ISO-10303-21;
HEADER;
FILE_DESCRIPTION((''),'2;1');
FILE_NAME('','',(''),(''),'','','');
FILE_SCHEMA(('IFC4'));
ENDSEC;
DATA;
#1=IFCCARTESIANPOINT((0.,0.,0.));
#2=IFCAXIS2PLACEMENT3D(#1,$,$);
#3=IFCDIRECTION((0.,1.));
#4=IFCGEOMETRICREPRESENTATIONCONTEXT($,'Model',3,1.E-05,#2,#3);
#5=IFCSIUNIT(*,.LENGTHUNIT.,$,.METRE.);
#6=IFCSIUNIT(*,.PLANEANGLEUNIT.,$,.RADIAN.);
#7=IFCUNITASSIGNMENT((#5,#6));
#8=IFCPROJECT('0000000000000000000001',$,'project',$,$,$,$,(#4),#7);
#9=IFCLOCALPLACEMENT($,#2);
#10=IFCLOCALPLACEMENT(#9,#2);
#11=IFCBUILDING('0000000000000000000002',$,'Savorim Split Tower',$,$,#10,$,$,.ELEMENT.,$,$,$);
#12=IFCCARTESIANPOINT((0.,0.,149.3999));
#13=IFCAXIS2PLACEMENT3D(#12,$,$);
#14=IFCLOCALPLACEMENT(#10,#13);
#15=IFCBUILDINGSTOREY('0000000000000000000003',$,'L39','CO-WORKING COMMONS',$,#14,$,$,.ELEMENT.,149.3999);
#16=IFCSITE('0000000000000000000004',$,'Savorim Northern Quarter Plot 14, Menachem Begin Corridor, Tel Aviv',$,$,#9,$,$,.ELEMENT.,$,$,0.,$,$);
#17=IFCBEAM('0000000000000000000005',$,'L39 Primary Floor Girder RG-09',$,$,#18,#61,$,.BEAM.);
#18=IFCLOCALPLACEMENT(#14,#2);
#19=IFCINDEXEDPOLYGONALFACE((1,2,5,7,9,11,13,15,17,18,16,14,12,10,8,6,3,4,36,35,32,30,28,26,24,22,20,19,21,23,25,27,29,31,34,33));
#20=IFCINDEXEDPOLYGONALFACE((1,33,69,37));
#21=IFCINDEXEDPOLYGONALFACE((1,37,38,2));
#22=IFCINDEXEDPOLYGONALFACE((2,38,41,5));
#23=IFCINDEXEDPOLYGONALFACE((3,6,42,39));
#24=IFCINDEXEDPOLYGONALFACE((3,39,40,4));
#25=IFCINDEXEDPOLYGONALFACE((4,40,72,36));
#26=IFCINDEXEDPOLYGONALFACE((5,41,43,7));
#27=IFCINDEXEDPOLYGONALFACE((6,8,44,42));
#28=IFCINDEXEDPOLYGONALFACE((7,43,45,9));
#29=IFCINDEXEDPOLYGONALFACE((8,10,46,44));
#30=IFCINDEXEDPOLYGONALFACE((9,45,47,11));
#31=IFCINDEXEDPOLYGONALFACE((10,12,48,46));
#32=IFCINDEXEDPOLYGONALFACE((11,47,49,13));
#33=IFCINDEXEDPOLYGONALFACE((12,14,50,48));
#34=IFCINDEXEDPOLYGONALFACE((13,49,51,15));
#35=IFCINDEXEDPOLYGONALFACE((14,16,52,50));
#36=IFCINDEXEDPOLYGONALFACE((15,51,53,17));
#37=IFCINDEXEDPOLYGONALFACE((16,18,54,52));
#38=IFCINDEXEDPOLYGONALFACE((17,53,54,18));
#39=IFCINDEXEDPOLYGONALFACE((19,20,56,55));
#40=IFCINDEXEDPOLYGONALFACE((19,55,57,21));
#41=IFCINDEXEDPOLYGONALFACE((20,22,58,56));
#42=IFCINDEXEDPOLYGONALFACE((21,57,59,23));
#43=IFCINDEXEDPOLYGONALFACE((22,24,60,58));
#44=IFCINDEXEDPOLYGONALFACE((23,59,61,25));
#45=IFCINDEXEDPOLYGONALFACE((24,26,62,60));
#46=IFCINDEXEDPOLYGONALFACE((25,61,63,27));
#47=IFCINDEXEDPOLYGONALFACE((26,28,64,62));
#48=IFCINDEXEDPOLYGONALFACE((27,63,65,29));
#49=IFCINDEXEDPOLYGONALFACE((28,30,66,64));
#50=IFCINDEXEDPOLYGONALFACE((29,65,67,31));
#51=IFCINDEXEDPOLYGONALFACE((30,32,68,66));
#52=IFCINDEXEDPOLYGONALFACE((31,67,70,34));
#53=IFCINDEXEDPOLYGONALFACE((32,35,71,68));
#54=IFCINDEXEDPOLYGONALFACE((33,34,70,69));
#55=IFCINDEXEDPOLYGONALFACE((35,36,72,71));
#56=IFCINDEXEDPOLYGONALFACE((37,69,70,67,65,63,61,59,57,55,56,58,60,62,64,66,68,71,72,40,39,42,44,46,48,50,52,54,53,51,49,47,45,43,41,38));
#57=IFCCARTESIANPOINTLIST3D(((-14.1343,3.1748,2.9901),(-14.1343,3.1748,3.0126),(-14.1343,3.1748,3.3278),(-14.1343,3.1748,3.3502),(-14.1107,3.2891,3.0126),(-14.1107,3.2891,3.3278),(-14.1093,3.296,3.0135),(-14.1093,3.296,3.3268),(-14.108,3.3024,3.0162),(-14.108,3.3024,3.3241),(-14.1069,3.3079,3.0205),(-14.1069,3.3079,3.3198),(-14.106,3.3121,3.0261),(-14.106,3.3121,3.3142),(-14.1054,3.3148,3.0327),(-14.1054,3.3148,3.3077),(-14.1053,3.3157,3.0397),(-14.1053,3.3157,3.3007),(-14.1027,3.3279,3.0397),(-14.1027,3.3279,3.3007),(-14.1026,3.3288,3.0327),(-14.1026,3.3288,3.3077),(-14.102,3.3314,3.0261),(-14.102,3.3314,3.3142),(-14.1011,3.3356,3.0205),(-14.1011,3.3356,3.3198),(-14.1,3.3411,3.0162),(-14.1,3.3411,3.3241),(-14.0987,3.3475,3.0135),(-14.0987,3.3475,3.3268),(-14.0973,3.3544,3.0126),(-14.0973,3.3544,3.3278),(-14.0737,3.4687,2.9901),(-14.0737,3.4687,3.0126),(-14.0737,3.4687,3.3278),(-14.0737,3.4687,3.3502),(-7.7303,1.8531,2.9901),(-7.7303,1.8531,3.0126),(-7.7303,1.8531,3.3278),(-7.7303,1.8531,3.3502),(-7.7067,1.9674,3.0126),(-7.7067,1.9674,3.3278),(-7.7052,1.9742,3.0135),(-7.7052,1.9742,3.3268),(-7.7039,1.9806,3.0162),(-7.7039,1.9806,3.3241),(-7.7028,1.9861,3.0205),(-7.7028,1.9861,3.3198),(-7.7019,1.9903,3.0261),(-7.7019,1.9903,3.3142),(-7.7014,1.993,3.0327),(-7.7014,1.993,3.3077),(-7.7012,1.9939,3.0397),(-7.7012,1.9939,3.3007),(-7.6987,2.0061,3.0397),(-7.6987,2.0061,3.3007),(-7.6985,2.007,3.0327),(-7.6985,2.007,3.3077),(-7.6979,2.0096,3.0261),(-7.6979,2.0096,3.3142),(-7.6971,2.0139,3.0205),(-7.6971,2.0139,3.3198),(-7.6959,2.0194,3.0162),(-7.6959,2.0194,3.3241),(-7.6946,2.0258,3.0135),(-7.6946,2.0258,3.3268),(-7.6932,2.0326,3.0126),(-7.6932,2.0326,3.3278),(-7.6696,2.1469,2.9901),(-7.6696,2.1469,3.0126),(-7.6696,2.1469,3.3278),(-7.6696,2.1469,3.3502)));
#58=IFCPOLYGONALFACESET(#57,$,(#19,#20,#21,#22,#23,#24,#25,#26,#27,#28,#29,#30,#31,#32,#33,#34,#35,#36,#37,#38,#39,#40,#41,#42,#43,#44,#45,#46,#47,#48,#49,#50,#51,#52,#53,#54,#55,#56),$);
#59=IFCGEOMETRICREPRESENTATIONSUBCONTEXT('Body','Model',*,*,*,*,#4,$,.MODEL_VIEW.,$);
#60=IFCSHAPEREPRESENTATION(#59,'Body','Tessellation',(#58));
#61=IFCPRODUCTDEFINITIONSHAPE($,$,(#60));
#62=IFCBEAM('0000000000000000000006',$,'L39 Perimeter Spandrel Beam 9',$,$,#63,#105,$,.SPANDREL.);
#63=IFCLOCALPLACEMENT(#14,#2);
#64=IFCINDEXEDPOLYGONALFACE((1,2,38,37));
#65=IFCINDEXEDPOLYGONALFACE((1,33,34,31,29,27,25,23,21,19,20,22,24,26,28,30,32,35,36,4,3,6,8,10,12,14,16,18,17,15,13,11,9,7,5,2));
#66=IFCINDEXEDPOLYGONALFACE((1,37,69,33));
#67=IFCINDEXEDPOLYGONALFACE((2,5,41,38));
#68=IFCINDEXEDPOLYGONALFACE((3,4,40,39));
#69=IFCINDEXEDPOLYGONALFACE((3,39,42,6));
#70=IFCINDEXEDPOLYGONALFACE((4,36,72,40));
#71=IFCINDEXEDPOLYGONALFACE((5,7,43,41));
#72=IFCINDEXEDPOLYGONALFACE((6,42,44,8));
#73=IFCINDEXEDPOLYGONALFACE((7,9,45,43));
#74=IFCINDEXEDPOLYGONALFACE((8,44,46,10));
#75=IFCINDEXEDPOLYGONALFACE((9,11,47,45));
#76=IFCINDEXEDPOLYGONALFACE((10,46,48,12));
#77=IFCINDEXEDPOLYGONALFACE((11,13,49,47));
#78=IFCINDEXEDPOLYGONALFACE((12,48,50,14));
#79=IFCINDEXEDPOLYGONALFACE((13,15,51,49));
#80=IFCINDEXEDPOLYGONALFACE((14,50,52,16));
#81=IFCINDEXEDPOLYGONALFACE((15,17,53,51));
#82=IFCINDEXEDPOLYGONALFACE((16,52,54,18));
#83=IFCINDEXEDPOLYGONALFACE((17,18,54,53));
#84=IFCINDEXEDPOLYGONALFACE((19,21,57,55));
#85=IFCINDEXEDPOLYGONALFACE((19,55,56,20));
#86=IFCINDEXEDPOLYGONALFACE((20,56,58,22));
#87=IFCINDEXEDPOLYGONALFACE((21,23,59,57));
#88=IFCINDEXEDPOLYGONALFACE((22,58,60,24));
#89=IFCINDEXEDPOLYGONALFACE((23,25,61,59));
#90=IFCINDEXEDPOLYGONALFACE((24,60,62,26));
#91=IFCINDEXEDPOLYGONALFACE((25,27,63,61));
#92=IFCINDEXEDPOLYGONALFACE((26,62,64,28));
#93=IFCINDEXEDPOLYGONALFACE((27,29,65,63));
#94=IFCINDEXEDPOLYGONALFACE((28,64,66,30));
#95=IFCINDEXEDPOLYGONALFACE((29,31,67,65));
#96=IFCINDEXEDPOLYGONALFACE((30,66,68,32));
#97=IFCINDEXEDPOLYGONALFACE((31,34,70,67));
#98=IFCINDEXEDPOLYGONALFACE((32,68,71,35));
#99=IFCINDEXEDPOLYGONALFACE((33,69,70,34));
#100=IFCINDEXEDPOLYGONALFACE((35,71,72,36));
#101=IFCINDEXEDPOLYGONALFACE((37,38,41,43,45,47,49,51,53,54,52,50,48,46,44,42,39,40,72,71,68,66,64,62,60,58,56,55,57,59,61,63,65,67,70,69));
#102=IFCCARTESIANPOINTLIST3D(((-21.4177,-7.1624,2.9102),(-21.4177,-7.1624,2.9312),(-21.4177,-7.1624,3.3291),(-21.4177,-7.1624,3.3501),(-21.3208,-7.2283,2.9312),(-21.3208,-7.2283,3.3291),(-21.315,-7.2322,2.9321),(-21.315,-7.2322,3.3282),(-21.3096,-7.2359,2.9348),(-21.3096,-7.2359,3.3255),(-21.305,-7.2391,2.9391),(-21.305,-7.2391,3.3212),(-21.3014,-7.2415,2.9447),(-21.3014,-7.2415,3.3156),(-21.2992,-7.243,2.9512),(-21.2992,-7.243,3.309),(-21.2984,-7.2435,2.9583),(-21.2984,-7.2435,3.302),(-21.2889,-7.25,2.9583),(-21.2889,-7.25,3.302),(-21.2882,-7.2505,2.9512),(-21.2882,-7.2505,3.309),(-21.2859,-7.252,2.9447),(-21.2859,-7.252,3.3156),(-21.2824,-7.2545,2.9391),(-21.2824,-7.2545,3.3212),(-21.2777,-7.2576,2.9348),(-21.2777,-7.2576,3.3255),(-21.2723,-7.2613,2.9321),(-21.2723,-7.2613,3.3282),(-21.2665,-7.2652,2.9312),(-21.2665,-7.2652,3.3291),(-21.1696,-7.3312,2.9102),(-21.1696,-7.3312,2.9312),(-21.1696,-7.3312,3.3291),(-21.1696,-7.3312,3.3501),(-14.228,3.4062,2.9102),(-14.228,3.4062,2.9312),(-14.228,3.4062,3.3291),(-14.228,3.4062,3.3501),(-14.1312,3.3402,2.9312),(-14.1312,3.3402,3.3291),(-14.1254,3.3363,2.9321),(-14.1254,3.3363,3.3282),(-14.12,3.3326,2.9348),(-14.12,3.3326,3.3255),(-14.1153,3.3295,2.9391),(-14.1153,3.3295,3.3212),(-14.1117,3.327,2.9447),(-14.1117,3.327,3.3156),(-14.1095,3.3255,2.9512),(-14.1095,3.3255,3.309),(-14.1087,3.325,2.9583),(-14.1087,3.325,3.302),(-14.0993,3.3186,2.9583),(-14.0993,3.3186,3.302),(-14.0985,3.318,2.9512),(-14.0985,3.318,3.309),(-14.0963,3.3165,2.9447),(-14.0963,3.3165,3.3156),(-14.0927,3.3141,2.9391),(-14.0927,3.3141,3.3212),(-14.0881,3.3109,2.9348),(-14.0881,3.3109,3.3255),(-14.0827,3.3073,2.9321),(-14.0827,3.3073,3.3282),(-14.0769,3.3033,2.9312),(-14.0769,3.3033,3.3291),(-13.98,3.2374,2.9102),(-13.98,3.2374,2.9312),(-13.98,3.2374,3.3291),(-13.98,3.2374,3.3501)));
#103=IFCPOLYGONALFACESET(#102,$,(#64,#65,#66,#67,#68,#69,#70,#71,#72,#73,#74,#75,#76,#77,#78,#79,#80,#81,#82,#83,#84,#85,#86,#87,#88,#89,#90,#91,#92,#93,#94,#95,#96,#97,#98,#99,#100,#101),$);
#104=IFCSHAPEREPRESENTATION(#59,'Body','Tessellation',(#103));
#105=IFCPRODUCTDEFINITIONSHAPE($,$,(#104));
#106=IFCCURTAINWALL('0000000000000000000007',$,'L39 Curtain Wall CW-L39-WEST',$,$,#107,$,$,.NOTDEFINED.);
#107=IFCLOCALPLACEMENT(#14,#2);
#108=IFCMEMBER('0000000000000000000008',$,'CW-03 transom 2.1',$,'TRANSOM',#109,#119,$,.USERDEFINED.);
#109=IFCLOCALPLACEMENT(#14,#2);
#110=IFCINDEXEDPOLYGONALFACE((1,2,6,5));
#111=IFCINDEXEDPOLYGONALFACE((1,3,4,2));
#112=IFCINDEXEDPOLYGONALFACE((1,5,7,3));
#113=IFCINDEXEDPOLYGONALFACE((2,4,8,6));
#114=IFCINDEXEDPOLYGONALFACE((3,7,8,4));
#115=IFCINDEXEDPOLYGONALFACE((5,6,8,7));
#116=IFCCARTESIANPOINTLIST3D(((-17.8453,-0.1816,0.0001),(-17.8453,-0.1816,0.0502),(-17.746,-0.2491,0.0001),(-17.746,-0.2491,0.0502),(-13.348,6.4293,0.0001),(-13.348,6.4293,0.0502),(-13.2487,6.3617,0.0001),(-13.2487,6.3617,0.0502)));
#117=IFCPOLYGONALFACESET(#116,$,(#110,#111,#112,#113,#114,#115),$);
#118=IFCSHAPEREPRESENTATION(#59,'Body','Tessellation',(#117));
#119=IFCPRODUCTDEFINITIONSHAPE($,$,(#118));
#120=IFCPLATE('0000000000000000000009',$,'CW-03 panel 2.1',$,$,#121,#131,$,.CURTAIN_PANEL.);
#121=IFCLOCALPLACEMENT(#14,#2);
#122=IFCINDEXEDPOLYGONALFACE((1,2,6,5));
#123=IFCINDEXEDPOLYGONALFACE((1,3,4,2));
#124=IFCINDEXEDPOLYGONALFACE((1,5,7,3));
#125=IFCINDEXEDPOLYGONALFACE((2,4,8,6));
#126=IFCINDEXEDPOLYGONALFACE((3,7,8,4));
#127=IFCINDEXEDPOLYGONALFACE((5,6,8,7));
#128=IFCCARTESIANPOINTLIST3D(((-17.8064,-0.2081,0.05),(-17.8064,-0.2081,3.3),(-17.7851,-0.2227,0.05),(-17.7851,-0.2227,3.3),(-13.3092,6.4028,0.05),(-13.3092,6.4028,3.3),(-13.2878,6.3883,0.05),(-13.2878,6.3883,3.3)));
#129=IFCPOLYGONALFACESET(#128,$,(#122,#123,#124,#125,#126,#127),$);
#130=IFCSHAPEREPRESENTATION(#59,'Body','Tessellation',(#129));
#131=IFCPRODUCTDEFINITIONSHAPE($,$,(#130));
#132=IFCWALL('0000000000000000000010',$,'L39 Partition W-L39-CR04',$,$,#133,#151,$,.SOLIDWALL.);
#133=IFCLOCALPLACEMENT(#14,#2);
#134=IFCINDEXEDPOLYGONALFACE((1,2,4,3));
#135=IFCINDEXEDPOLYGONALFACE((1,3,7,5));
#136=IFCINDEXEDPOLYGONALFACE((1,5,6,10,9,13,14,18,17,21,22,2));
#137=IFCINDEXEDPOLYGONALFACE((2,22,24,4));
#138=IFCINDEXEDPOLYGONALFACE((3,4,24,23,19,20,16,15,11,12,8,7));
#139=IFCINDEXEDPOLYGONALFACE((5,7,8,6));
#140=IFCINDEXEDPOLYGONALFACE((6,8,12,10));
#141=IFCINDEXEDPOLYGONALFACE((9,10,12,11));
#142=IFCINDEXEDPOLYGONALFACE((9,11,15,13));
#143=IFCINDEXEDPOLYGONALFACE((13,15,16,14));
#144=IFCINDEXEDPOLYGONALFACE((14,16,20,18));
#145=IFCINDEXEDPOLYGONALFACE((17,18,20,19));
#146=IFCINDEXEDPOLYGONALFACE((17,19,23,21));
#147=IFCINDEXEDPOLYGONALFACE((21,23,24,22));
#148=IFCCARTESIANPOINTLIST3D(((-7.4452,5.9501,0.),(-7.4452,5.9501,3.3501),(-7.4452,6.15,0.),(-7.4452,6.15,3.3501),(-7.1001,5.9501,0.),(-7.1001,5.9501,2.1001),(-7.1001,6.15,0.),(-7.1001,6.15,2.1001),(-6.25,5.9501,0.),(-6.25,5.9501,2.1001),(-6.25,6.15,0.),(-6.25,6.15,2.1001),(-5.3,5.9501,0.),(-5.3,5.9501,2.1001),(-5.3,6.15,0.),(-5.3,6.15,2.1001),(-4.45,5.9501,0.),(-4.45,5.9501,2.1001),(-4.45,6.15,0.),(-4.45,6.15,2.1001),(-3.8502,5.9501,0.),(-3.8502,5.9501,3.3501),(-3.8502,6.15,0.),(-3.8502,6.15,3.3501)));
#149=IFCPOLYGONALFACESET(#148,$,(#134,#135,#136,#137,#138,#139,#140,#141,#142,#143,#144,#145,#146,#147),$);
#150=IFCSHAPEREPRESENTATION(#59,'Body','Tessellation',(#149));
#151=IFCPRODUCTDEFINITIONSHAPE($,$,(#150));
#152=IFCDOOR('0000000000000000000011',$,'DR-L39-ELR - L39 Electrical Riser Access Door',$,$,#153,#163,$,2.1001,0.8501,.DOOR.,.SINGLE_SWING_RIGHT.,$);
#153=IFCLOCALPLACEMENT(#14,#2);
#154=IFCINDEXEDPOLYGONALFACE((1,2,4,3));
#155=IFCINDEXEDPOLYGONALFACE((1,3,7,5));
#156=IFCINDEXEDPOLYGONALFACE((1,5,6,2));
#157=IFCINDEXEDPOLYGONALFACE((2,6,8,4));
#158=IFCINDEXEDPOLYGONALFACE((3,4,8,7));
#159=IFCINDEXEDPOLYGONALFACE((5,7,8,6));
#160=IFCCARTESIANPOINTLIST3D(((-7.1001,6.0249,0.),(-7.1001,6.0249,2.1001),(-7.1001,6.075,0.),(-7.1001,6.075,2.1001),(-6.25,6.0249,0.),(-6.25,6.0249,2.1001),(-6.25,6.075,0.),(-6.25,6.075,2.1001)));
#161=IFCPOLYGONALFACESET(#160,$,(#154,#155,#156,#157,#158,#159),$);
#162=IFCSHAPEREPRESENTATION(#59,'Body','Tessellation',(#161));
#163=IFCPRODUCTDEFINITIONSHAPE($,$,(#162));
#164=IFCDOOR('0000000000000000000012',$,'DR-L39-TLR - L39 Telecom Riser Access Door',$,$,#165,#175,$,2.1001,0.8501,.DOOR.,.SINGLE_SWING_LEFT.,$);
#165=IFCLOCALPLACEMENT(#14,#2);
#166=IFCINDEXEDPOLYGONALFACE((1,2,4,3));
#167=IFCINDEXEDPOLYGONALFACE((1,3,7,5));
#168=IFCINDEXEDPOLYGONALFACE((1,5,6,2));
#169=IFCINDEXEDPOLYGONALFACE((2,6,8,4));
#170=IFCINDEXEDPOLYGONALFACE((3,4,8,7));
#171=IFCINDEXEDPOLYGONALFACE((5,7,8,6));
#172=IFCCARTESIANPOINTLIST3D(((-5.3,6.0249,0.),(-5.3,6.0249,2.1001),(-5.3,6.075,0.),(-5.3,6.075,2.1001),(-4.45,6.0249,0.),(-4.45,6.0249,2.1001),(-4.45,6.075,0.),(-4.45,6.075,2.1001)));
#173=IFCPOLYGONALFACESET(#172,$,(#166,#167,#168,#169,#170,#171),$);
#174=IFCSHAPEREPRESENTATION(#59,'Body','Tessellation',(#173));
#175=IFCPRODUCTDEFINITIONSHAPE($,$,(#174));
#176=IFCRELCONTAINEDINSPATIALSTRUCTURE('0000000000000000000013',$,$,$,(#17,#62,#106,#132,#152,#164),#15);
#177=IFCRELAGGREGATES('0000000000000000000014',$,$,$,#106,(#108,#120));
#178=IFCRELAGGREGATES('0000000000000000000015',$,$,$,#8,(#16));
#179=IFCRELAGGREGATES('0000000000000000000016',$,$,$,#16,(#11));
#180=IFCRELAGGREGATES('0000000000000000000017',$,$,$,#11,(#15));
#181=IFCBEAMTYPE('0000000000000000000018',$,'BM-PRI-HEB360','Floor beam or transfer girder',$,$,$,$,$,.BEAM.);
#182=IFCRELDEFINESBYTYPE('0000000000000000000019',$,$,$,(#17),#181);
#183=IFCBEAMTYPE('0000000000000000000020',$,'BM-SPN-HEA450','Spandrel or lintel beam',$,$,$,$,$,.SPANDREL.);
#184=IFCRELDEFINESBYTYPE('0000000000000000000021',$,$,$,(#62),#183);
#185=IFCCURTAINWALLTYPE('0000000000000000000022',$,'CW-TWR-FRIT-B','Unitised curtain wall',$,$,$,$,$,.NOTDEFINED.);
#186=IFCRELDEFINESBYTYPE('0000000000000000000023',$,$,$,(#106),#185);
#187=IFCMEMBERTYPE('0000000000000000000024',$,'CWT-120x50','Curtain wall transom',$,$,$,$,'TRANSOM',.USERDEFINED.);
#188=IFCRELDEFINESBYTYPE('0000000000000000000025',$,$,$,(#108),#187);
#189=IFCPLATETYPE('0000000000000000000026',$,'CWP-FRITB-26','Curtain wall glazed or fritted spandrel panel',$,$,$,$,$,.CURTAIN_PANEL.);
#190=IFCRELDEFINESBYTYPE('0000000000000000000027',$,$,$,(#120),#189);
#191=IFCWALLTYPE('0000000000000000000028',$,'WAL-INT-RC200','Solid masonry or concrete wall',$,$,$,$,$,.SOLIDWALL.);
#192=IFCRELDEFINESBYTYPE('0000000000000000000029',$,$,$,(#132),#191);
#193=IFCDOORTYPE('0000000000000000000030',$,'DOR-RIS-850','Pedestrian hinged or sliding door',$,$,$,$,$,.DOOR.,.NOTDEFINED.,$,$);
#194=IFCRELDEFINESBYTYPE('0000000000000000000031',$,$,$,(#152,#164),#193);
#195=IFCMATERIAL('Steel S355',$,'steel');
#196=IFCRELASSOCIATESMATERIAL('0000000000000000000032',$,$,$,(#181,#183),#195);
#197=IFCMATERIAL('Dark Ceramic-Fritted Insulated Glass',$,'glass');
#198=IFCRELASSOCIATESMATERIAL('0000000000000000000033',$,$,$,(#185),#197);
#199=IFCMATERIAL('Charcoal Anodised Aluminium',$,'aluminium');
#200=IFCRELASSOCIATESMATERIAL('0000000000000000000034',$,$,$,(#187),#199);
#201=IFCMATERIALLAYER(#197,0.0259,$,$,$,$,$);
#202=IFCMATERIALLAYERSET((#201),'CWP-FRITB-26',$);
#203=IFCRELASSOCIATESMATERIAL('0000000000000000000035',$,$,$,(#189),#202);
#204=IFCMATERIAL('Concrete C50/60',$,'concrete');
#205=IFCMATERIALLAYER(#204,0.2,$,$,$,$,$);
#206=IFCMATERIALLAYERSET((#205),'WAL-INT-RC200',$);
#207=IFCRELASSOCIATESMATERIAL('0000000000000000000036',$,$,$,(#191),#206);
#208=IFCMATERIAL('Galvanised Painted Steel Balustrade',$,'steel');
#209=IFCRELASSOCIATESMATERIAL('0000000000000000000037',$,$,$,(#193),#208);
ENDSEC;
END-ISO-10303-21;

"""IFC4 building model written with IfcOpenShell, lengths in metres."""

from ifc_helpers import new_model, si_unit, direction, frame, frame_2d, origin, origin_2d, place, context, subcontext, project, spatial, rectangle, i_section, extrude, material, layer, layer_set, material_profile, profile_set, type_object, element, fill, aggregate, save


model = new_model("IFC4")

# Units and contexts
model_context = context("Model", 3, precision=1e-05, world=origin(), true_north=direction((0.0, 1.0)))
body_context = subcontext(model_context, "Body", "Model", "MODEL_VIEW")
ifc_project = project(units=[si_unit("LENGTHUNIT", "METRE"), si_unit("PLANEANGLEUNIT", "RADIAN")], contexts=[model_context])

# Site, building, storey
site_placement = place(None, origin())
site = spatial("IfcSite", under=ifc_project, at=site_placement, Name="Savorim Northern Quarter Plot 14, Menachem Begin Corridor, Tel Aviv", CompositionType="ELEMENT", RefElevation=0.0)
building_placement = place(site_placement, origin())
building = spatial("IfcBuilding", under=site, at=building_placement, Name="Savorim Split Tower", CompositionType="ELEMENT")
storey_placement = place(building_placement, frame((0.0, 0.0, 149.3999)))
storey = spatial("IfcBuildingStorey", under=building, at=storey_placement, Name="L39", Description="CO-WORKING COMMONS", CompositionType="ELEMENT", Elevation=149.3999)

# Beams
ifc_material_1 = material(Name="Steel S355", Category="steel")
ifc_material_profile_1 = material_profile(ifc_material_1, i_section(OverallWidth=0.3, OverallDepth=0.3601, WebThickness=0.0125, FlangeThickness=0.0225, FilletRadius=0.0271, at=origin_2d()), Name="HEB 360")
ifc_profile_set_1 = profile_set([ifc_material_profile_1], Name="Steel S355")
beam_type_1 = type_object("IfcBeamType", Name="BM-PRI-HEB360", Description="Floor beam or transfer girder", PredefinedType="BEAM", material=ifc_profile_set_1)
beam_1_placement = place(storey_placement, frame((-14.104, 3.3218, 3.1702), z_axis=(0.979357, -0.202136, 0.0), x_axis=(0.202136, 0.979357, 0.0)))
element("IfcBeam", 1, at=beam_1_placement, inside=storey, type_object=beam_type_1, Name="L39 Primary Floor Girder RG-09", PredefinedType="BEAM", context=body_context, shape_type="SweptSolid", body=[
    extrude(i_section(OverallWidth=0.3, OverallDepth=0.3601, WebThickness=0.0125, FlangeThickness=0.0225, FilletRadius=0.0271, at=origin_2d()), origin(), (0.0, 0.0, 1.0), 6.5391),
])
ifc_material_profile_2 = material_profile(ifc_material_1, i_section(OverallWidth=0.3, OverallDepth=0.4399, WebThickness=0.0115, FlangeThickness=0.021, FilletRadius=0.0271, at=origin_2d()), Name="HEA 450")
ifc_profile_set_2 = profile_set([ifc_material_profile_2], Name="Steel S355")
beam_type_2 = type_object("IfcBeamType", Name="BM-SPN-HEA450", Description="Spandrel or lintel beam", PredefinedType="SPANDREL", material=ifc_profile_set_2)
beam_2_placement = place(storey_placement, frame((-14.104, 3.3218, 3.1301), z_axis=(-0.562473, -0.826816, 0.0), x_axis=(0.826816, -0.562473, 0.0)))
element("IfcBeam", 2, at=beam_2_placement, inside=storey, type_object=beam_type_2, Name="L39 Perimeter Spandrel Beam 9", PredefinedType="SPANDREL", context=body_context, shape_type="SweptSolid", body=[
    extrude(i_section(OverallWidth=0.3, OverallDepth=0.4399, WebThickness=0.0115, FlangeThickness=0.021, FilletRadius=0.0271, at=origin_2d()), origin(), (0.0, 0.0, 1.0), 12.7822),
])

# Curtain wall, member, plate
ifc_material_2 = material(Name="Dark Ceramic-Fritted Insulated Glass", Category="glass")
curtain_wall_type = type_object("IfcCurtainWallType", Name="CW-TWR-FRIT-B", Description="Unitised curtain wall", PredefinedType="NOTDEFINED", material=ifc_material_2)
curtain_wall_placement = place(storey_placement, origin())
curtain_wall = element("IfcCurtainWall", 3, at=curtain_wall_placement, inside=storey, type_object=curtain_wall_type, Name="L39 Curtain Wall CW-L39-WEST", PredefinedType="NOTDEFINED")
ifc_material_3 = material(Name="Charcoal Anodised Aluminium", Category="aluminium")
ifc_material_profile_3 = material_profile(ifc_material_3, rectangle(XDim=0.1201, YDim=0.05, at=origin_2d()), Name="ALU-T 120x50")
ifc_profile_set_3 = profile_set([ifc_material_profile_3], Name="Charcoal Anodised Aluminium")
member_type = type_object("IfcMemberType", Name="CWT-120x50", Description="Curtain wall transom", ElementType="TRANSOM", PredefinedType="USERDEFINED", material=ifc_profile_set_3)
member_placement = place(storey_placement, frame((-13.2983, 6.3955, 0.0251), z_axis=(-0.562476, -0.826813, 0.0), x_axis=(0.826813, -0.562476, 0.0)))
member = element("IfcMember", 4, at=member_placement, type_object=member_type, Name="CW-03 transom 2.1", ObjectType="TRANSOM", PredefinedType="USERDEFINED", context=body_context, shape_type="SweptSolid", body=[
    extrude(rectangle(XDim=0.1201, YDim=0.05, at=origin_2d()), origin(), (0.0, 0.0, 1.0), 7.9956),
])
ifc_layer_1 = layer(ifc_material_2, 0.0259)
ifc_layer_set_1 = layer_set([ifc_layer_1], Name="CWP-FRITB-26")
plate_type = type_object("IfcPlateType", Name="CWP-FRITB-26", Description="Curtain wall glazed or fritted spandrel panel", PredefinedType="CURTAIN_PANEL", material=ifc_layer_set_1)
plate_placement = place(storey_placement, frame((-15.5471, 3.0901, 0.05), z_axis=(0.0, 0.0, 1.0), x_axis=(-0.562466, -0.82682, 0.0)))
plate = element("IfcPlate", 5, at=plate_placement, type_object=plate_type, Name="CW-03 panel 2.1", PredefinedType="CURTAIN_PANEL", context=body_context, shape_type="SweptSolid", body=[
    extrude(rectangle(XDim=7.9956, YDim=0.0259, at=origin_2d()), origin(), (0.0, 0.0, 1.0), 3.25),
])
aggregate(curtain_wall, [member, plate])

# Wall, openings, doors
ifc_material_4 = material(Name="Concrete C50/60", Category="concrete")
ifc_layer_2 = layer(ifc_material_4, 0.2)
ifc_layer_set_2 = layer_set([ifc_layer_2], Name="WAL-INT-RC200")
wall_type_1 = type_object("IfcWallType", Name="WAL-INT-RC200", Description="Solid masonry or concrete wall", PredefinedType="SOLIDWALL", material=ifc_layer_set_2)
wall_1_placement = place(storey_placement, frame((-7.4451, 6.05, 0.0), z_axis=(0.0, 0.0, 1.0), x_axis=(1.0, 0.0, 0.0)))
wall_1 = element("IfcWall", 6, at=wall_1_placement, inside=storey, type_object=wall_type_1, Name="L39 Partition W-L39-CR04", PredefinedType="SOLIDWALL", context=body_context, shape_type="SweptSolid", body=[
    extrude(rectangle(XDim=3.595, YDim=0.2, at=frame_2d((1.7974, 0.0))), origin(), (0.0, 0.0, 1.0), 3.3501),
])
opening_1_placement = place(wall_1_placement, frame((0.345, 0.0, 0.0)))
opening_1 = element("IfcOpeningElement", 7, at=opening_1_placement, cuts=wall_1, PredefinedType="OPENING", context=body_context, shape_type="SweptSolid", body=[
    extrude(rectangle(XDim=0.8501, YDim=2.1001, at=frame_2d((0.425, 1.05))), frame((0.0, 0.1099, 0.0), z_axis=(0.0, -1.0, 0.0), x_axis=(1.0, 0.0, 0.0)), (0.0, 0.0, 1.0), 0.22),
])
opening_2_placement = place(wall_1_placement, frame((2.145, 0.0, 0.0)))
opening_2 = element("IfcOpeningElement", 8, at=opening_2_placement, cuts=wall_1, PredefinedType="OPENING", context=body_context, shape_type="SweptSolid", body=[
    extrude(rectangle(XDim=0.8501, YDim=2.1001, at=frame_2d((0.425, 1.05))), frame((0.0, 0.1099, 0.0), z_axis=(0.0, -1.0, 0.0), x_axis=(1.0, 0.0, 0.0)), (0.0, 0.0, 1.0), 0.22),
])
ifc_material_5 = material(Name="Galvanised Painted Steel Balustrade", Category="steel")
door_type = type_object("IfcDoorType", Name="DOR-RIS-850", Description="Pedestrian hinged or sliding door", OperationType="NOTDEFINED", PredefinedType="DOOR", material=ifc_material_5)
door_1_placement = place(opening_1_placement, origin())
door_1 = element("IfcDoor", 9, at=door_1_placement, inside=storey, type_object=door_type, Name="DR-L39-ELR - L39 Electrical Riser Access Door", OperationType="SINGLE_SWING_RIGHT", OverallHeight=2.1001, OverallWidth=0.8501, PredefinedType="DOOR", context=body_context, shape_type="SweptSolid", body=[
    extrude(rectangle(XDim=0.8501, YDim=2.1001, at=frame_2d((0.425, 1.05))), frame((0.0, 0.0249, 0.0), z_axis=(0.0, -1.0, 0.0), x_axis=(1.0, 0.0, 0.0)), (0.0, 0.0, 1.0), 0.05),
])
fill(opening_1, door_1)
door_2_placement = place(opening_2_placement, origin())
door_2 = element("IfcDoor", 10, at=door_2_placement, inside=storey, type_object=door_type, Name="DR-L39-TLR - L39 Telecom Riser Access Door", OperationType="SINGLE_SWING_LEFT", OverallHeight=2.1001, OverallWidth=0.8501, PredefinedType="DOOR", context=body_context, shape_type="SweptSolid", body=[
    extrude(rectangle(XDim=0.8501, YDim=2.1001, at=frame_2d((0.425, 1.05))), frame((0.0, 0.0249, 0.0), z_axis=(0.0, -1.0, 0.0), x_axis=(1.0, 0.0, 0.0)), (0.0, 0.0, 1.0), 0.05),
])
fill(opening_2, door_2)

save(model, "model.ifc")
